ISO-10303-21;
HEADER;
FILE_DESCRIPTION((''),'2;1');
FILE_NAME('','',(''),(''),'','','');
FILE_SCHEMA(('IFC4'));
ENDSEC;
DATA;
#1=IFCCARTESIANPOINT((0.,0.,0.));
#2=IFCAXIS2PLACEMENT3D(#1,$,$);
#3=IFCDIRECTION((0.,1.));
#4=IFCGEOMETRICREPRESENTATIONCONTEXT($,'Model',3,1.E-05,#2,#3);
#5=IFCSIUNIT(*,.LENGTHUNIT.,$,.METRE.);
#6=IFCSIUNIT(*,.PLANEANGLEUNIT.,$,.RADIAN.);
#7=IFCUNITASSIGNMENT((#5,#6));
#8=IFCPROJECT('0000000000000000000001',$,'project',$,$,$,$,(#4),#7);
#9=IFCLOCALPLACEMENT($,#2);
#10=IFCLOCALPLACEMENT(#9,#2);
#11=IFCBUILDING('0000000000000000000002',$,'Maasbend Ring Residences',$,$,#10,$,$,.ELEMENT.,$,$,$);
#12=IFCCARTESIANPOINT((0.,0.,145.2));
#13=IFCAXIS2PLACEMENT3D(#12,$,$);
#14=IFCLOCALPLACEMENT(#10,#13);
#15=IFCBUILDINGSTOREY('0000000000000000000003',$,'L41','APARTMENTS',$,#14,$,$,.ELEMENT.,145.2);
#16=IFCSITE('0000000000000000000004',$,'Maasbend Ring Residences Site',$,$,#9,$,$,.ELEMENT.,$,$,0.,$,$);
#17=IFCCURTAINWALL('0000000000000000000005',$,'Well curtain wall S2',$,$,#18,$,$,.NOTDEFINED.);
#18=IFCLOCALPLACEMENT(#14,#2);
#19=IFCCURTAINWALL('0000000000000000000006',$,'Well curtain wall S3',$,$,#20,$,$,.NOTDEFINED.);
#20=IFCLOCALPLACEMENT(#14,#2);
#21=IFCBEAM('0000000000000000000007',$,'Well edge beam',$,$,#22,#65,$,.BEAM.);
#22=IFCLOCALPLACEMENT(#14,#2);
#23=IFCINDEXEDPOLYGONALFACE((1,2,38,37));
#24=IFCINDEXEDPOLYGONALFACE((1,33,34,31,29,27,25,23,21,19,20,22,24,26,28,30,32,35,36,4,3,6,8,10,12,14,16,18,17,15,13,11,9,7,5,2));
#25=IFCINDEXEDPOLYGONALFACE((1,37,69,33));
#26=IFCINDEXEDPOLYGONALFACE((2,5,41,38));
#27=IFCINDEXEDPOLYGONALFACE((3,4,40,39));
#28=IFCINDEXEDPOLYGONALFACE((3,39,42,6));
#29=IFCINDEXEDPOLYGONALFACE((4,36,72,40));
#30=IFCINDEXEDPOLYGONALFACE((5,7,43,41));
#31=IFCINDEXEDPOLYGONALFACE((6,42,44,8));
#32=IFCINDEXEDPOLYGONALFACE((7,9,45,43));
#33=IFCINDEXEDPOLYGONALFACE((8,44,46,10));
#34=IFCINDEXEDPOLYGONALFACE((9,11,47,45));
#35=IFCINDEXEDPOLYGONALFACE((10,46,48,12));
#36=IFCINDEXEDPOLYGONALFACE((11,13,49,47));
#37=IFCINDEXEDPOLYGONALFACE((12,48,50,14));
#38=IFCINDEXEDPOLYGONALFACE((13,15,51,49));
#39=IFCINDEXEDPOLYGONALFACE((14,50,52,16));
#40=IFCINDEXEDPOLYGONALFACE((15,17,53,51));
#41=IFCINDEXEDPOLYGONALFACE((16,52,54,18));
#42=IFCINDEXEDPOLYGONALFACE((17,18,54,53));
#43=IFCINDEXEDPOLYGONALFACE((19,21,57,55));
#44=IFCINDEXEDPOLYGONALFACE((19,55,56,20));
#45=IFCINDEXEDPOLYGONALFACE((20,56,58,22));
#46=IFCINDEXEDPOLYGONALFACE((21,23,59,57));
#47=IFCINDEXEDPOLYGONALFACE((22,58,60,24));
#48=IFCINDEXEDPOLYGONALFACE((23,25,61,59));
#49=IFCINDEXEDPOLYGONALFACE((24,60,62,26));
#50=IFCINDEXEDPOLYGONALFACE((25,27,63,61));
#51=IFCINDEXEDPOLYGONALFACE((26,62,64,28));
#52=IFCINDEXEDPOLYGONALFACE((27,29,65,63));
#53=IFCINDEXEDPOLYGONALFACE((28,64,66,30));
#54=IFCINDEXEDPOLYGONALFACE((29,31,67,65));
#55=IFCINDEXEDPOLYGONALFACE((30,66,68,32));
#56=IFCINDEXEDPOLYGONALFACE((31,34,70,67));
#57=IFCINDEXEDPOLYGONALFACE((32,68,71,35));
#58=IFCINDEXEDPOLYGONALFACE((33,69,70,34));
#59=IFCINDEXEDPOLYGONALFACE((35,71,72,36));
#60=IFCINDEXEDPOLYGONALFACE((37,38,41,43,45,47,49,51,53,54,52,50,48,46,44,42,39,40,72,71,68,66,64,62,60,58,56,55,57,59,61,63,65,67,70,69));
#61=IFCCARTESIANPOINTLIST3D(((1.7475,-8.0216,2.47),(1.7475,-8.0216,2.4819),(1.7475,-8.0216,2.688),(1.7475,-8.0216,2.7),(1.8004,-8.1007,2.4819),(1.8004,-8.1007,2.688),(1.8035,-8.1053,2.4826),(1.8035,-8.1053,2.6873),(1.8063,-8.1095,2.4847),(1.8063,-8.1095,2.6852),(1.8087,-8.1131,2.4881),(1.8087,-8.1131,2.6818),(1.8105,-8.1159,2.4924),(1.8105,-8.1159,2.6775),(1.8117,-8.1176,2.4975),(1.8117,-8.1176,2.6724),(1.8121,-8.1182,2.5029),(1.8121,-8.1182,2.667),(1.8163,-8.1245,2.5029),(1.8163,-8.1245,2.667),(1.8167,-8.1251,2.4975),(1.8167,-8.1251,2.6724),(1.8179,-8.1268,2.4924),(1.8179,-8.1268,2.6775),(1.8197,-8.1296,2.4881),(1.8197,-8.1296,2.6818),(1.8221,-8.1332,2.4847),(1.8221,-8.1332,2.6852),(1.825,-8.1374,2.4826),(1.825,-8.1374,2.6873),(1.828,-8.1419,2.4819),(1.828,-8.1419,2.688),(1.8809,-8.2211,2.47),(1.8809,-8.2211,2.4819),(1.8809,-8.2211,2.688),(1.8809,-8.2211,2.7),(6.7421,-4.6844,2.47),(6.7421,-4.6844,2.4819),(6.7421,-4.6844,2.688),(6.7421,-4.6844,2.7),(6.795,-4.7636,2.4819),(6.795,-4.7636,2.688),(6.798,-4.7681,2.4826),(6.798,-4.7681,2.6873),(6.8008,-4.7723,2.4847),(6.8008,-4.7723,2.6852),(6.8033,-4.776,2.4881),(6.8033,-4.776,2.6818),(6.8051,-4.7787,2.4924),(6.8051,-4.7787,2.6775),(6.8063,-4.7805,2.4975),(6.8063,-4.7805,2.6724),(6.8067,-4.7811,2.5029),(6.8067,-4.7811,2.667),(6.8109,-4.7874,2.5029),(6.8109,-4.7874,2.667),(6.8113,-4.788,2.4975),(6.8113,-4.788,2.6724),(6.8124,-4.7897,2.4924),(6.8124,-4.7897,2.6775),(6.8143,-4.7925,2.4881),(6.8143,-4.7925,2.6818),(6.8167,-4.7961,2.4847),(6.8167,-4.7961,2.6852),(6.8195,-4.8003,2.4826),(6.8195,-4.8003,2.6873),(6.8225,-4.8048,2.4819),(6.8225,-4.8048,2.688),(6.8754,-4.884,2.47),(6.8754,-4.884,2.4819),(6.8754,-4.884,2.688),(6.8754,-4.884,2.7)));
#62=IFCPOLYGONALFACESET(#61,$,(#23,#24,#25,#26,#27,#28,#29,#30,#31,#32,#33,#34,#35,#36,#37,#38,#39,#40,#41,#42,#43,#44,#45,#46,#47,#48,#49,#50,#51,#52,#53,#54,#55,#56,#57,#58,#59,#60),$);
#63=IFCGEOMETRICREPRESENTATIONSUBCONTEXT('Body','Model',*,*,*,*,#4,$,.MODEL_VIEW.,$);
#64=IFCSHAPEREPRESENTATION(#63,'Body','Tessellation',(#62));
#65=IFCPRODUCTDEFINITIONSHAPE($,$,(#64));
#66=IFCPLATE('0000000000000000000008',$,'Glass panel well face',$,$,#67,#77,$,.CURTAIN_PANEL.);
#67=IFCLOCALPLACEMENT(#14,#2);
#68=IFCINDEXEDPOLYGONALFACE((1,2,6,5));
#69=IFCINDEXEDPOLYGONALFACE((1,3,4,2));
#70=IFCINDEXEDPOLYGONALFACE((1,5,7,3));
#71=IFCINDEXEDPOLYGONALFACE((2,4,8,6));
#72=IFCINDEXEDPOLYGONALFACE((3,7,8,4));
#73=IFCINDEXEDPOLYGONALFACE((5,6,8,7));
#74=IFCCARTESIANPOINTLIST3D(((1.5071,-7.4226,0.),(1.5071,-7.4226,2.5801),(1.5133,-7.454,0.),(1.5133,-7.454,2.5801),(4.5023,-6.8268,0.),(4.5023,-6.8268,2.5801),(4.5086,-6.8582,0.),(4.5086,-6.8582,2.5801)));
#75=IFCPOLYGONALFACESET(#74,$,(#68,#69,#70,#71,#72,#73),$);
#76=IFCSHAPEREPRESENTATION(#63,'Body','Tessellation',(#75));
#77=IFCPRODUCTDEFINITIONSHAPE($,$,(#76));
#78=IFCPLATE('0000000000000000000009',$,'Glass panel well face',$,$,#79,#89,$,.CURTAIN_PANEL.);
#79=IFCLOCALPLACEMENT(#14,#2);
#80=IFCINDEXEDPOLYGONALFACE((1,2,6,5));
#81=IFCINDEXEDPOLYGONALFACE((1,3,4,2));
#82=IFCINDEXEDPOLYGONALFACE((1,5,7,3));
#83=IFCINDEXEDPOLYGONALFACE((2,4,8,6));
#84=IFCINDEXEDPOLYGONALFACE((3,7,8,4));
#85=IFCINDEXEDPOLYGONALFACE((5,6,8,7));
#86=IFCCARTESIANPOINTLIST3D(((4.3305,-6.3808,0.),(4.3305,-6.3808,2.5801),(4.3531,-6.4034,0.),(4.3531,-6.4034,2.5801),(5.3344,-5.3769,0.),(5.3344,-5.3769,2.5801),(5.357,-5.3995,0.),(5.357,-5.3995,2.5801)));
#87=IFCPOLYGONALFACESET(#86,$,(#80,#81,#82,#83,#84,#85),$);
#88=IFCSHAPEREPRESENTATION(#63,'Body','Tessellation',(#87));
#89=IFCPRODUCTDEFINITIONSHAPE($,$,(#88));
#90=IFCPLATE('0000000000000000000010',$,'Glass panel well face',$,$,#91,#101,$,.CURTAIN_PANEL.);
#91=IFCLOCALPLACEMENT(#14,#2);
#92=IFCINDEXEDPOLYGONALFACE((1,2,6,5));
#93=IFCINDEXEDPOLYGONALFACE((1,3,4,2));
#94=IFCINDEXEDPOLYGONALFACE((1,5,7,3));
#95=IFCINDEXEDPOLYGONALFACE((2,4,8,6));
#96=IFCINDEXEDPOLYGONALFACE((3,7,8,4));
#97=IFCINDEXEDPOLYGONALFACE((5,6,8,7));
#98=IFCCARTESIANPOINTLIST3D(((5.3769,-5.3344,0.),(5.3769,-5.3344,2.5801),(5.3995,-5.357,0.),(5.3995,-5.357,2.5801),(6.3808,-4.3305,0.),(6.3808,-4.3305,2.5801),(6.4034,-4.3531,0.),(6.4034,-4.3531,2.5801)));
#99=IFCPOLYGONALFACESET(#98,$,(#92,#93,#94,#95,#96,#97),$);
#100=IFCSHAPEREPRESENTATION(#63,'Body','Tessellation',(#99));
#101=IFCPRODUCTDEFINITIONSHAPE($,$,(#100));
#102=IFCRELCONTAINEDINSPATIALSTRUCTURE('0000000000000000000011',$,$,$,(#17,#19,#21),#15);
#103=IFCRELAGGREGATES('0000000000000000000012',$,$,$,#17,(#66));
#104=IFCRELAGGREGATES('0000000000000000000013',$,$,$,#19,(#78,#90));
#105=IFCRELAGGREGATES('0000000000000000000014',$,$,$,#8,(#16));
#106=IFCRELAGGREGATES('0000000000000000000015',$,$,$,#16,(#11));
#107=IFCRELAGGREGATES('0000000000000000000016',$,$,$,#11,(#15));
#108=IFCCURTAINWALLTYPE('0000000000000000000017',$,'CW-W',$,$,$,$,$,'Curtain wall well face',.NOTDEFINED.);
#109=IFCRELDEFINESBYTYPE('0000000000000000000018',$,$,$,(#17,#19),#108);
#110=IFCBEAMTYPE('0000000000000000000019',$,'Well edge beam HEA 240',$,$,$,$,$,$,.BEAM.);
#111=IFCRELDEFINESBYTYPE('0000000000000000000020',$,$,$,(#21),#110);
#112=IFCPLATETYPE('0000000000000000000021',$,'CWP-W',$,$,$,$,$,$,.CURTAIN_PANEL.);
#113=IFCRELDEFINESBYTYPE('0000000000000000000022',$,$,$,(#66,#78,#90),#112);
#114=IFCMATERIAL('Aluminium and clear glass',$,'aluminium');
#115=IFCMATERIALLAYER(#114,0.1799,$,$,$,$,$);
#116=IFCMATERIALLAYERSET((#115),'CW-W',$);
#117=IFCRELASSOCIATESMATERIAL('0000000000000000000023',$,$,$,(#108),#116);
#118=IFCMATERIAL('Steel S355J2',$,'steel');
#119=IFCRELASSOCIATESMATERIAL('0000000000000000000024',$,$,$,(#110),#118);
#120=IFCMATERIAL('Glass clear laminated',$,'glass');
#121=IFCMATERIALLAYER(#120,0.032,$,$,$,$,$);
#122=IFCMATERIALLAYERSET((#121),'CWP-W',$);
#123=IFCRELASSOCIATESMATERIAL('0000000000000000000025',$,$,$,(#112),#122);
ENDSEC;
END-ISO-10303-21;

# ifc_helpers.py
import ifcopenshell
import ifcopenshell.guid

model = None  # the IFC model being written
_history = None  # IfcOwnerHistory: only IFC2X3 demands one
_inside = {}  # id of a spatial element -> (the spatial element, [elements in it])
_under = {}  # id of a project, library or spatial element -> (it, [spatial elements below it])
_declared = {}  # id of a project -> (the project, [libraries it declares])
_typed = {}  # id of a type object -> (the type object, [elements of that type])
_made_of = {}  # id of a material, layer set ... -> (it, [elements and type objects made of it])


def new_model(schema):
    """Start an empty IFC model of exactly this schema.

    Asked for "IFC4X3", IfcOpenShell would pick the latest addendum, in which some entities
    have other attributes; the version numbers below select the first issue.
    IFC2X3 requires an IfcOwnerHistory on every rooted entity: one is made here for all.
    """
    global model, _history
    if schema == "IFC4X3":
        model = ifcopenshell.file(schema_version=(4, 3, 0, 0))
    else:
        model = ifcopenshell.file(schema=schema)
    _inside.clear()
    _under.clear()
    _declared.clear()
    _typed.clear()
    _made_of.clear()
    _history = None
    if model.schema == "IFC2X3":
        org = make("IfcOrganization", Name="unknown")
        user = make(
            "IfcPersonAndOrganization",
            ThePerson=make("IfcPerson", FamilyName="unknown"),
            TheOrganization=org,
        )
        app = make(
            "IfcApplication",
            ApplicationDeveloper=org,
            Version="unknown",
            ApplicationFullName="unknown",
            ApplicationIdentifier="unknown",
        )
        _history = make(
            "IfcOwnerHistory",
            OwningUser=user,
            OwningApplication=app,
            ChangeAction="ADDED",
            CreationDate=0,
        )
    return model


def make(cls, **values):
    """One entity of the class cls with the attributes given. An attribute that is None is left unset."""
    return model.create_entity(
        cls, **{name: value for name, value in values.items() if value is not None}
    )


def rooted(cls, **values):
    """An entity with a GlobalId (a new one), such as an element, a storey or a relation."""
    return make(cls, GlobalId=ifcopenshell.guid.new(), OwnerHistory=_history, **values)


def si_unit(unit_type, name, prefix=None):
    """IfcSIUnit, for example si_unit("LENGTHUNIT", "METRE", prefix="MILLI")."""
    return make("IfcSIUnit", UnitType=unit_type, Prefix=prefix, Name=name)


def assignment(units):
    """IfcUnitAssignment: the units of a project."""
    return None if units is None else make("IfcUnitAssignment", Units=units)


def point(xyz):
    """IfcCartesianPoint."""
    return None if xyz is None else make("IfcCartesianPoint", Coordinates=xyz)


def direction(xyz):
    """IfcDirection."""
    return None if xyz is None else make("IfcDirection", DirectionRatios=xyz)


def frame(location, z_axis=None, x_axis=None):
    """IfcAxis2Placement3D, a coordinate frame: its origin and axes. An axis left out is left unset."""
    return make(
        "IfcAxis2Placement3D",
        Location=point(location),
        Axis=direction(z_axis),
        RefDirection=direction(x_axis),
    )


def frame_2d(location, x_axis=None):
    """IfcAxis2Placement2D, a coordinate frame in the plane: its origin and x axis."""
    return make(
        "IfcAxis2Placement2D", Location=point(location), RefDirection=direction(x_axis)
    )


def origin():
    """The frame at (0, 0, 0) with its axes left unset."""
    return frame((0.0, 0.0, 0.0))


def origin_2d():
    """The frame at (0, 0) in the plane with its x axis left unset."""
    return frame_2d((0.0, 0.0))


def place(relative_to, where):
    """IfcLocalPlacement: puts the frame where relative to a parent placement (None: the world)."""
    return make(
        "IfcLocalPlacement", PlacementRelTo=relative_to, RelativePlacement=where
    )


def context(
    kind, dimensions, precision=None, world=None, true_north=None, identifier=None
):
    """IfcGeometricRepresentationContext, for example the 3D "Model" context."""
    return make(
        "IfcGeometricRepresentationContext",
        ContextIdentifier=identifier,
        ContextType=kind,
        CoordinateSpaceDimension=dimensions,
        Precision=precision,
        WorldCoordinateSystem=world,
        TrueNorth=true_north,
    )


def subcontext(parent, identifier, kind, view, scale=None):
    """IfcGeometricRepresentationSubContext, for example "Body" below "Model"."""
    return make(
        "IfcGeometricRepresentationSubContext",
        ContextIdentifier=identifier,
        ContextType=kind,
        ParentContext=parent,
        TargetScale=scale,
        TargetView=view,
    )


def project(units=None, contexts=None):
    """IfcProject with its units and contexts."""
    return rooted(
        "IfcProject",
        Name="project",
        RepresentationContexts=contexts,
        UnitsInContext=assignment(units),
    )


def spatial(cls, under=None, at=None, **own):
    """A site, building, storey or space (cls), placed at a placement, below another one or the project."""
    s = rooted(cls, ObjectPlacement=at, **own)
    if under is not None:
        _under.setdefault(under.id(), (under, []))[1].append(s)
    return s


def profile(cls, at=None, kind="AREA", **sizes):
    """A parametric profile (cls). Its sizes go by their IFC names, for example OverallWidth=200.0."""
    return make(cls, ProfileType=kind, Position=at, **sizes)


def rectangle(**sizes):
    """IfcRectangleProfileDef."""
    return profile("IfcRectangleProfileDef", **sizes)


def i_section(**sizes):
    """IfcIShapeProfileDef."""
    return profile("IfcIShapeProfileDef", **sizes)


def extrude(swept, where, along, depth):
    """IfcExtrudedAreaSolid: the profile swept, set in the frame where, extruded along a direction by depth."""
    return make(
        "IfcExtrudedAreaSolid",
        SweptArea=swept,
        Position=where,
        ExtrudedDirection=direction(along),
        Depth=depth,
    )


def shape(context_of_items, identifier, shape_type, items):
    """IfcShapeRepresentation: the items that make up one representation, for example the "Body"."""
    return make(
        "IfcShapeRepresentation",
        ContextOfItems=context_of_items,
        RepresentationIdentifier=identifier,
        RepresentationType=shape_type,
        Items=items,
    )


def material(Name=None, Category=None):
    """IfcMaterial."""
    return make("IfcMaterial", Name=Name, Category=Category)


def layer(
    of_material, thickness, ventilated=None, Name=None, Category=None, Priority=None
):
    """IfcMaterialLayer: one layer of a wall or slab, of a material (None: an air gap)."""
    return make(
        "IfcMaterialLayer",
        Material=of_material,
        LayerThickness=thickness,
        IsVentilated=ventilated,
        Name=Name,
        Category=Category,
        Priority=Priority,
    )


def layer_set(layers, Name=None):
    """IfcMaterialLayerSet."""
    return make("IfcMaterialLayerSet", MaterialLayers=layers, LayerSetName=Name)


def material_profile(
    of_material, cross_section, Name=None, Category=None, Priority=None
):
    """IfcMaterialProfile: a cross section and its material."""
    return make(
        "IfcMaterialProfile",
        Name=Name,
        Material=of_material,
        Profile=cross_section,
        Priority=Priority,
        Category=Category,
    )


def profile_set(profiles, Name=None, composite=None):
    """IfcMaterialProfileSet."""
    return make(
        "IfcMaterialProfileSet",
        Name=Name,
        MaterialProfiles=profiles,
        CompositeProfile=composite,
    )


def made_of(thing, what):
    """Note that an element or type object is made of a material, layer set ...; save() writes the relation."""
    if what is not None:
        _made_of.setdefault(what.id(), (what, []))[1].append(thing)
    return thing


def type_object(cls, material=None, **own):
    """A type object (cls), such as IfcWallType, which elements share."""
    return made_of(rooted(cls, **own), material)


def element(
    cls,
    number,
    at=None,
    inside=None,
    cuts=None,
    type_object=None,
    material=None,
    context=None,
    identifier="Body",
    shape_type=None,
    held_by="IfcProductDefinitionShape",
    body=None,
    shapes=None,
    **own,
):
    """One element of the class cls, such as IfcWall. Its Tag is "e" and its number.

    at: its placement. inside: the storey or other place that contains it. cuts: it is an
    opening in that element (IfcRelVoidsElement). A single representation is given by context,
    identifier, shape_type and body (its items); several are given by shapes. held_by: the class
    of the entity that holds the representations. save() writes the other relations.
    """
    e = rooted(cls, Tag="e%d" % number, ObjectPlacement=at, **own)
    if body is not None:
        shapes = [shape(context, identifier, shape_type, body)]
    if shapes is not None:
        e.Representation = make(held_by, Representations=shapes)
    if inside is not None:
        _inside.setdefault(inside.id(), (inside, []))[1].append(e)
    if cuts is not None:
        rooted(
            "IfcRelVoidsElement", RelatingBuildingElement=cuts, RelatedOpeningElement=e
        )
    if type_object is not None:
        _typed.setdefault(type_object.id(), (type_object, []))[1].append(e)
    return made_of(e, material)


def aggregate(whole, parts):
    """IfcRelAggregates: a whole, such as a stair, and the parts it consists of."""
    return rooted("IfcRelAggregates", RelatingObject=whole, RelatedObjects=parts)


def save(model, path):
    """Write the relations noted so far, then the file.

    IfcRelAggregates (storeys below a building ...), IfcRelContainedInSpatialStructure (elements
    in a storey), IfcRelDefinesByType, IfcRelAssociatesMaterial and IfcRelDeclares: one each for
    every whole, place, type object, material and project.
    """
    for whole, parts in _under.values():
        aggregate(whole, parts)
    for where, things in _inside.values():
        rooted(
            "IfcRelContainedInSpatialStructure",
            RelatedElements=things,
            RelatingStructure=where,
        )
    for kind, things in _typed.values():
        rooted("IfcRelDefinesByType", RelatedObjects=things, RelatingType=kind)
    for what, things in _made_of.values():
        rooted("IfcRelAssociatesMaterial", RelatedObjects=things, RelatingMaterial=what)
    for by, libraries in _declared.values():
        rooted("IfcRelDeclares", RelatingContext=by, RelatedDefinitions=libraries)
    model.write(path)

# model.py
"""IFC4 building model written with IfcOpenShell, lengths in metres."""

from ifc_helpers import new_model, si_unit, direction, frame, origin, origin_2d, place, context, subcontext, project, spatial, rectangle, i_section, extrude, material, layer, layer_set, material_profile, profile_set, type_object, element, aggregate, save


model = new_model("IFC4")

# Units and contexts
model_context = context("Model", 3, precision=1e-05, world=origin(), true_north=direction((0.0, 1.0)))
body_context = subcontext(model_context, "Body", "Model", "MODEL_VIEW")
ifc_project = project(units=[si_unit("LENGTHUNIT", "METRE"), si_unit("PLANEANGLEUNIT", "RADIAN")], contexts=[model_context])

# Site, building, storey
site_placement = place(None, origin())
site = spatial("IfcSite", under=ifc_project, at=site_placement, Name="Maasbend Ring Residences Site", CompositionType="ELEMENT", RefElevation=0.0)
building_placement = place(site_placement, origin())
building = spatial("IfcBuilding", under=site, at=building_placement, Name="Maasbend Ring Residences", CompositionType="ELEMENT")
storey_placement = place(building_placement, frame((0.0, 0.0, 145.2)))
storey = spatial("IfcBuildingStorey", under=building, at=storey_placement, Name="L41", Description="APARTMENTS", CompositionType="ELEMENT", Elevation=145.2)

# Curtain walls
ifc_material_1 = material(Name="Aluminium and clear glass", Category="aluminium")
ifc_layer_1 = layer(ifc_material_1, 0.1799)
ifc_layer_set_1 = layer_set([ifc_layer_1], Name="CW-W")
curtain_wall_type = type_object("IfcCurtainWallType", Name="CW-W", ElementType="Curtain wall well face", PredefinedType="NOTDEFINED", material=ifc_layer_set_1)
curtain_wall_1_placement = place(storey_placement, origin())
curtain_wall_1 = element("IfcCurtainWall", 1, at=curtain_wall_1_placement, inside=storey, type_object=curtain_wall_type, Name="Well curtain wall S2", PredefinedType="NOTDEFINED")
curtain_wall_2_placement = place(storey_placement, origin())
curtain_wall_2 = element("IfcCurtainWall", 2, at=curtain_wall_2_placement, inside=storey, type_object=curtain_wall_type, Name="Well curtain wall S3", PredefinedType="NOTDEFINED")

# Beam
ifc_material_2 = material(Name="Steel S355J2", Category="steel")
ifc_material_profile_1 = material_profile(ifc_material_2, i_section(OverallWidth=0.24, OverallDepth=0.23, WebThickness=0.0076, FlangeThickness=0.012, FilletRadius=0.021, at=origin_2d()), Name="HEA 240")
ifc_profile_set_1 = profile_set([ifc_material_profile_1], Name="Steel S355J2")
beam_type = type_object("IfcBeamType", Name="Well edge beam HEA 240", PredefinedType="BEAM", material=ifc_profile_set_1)
beam_placement = place(storey_placement, frame((1.8142, -8.1213, 2.585), z_axis=(0.831481, 0.555553, 0.0), x_axis=(-0.555553, 0.831481, 0.0)))
element("IfcBeam", 3, at=beam_placement, inside=storey, type_object=beam_type, Name="Well edge beam", PredefinedType="BEAM", context=body_context, shape_type="SweptSolid", body=[
    extrude(i_section(OverallWidth=0.24, OverallDepth=0.23, WebThickness=0.0076, FlangeThickness=0.012, FilletRadius=0.021, at=origin_2d()), origin(), (0.0, 0.0, 1.0), 6.0068),
])

# Plates
ifc_material_3 = material(Name="Glass clear laminated", Category="glass")
ifc_layer_2 = layer(ifc_material_3, 0.032)
ifc_layer_set_2 = layer_set([ifc_layer_2], Name="CWP-W")
plate_type = type_object("IfcPlateType", Name="CWP-W", PredefinedType="CURTAIN_PANEL", material=ifc_layer_set_2)
plate_1_placement = place(storey_placement, frame((3.0078, -7.1404, 0.0), z_axis=(0.0, 0.0, 1.0), x_axis=(0.980785, 0.19509, 0.0)))
plate_1 = element("IfcPlate", 4, at=plate_1_placement, type_object=plate_type, Name="Glass panel well face", PredefinedType="CURTAIN_PANEL", context=body_context, shape_type="SweptSolid", body=[
    extrude(rectangle(XDim=3.054, YDim=0.032, at=origin_2d()), origin(), (0.0, 0.0, 1.0), 2.5801),
])
aggregate(curtain_wall_1, [plate_1])
plate_2_placement = place(storey_placement, frame((4.8438, -5.8901, 0.0), z_axis=(0.0, 0.0, 1.0), x_axis=(0.707107, 0.707107, 0.0)))
plate_2 = element("IfcPlate", 5, at=plate_2_placement, type_object=plate_type, Name="Glass panel well face", PredefinedType="CURTAIN_PANEL", context=body_context, shape_type="SweptSolid", body=[
    extrude(rectangle(XDim=1.4197, YDim=0.032, at=origin_2d()), origin(), (0.0, 0.0, 1.0), 2.5801),
])
plate_3_placement = place(storey_placement, frame((5.8901, -4.8438, 0.0), z_axis=(0.0, 0.0, 1.0), x_axis=(0.707107, 0.707107, 0.0)))
plate_3 = element("IfcPlate", 6, at=plate_3_placement, type_object=plate_type, Name="Glass panel well face", PredefinedType="CURTAIN_PANEL", context=body_context, shape_type="SweptSolid", body=[
    extrude(rectangle(XDim=1.4197, YDim=0.032, at=origin_2d()), origin(), (0.0, 0.0, 1.0), 2.5801),
])
aggregate(curtain_wall_2, [plate_2, plate_3])

save(model, "model.ifc")
